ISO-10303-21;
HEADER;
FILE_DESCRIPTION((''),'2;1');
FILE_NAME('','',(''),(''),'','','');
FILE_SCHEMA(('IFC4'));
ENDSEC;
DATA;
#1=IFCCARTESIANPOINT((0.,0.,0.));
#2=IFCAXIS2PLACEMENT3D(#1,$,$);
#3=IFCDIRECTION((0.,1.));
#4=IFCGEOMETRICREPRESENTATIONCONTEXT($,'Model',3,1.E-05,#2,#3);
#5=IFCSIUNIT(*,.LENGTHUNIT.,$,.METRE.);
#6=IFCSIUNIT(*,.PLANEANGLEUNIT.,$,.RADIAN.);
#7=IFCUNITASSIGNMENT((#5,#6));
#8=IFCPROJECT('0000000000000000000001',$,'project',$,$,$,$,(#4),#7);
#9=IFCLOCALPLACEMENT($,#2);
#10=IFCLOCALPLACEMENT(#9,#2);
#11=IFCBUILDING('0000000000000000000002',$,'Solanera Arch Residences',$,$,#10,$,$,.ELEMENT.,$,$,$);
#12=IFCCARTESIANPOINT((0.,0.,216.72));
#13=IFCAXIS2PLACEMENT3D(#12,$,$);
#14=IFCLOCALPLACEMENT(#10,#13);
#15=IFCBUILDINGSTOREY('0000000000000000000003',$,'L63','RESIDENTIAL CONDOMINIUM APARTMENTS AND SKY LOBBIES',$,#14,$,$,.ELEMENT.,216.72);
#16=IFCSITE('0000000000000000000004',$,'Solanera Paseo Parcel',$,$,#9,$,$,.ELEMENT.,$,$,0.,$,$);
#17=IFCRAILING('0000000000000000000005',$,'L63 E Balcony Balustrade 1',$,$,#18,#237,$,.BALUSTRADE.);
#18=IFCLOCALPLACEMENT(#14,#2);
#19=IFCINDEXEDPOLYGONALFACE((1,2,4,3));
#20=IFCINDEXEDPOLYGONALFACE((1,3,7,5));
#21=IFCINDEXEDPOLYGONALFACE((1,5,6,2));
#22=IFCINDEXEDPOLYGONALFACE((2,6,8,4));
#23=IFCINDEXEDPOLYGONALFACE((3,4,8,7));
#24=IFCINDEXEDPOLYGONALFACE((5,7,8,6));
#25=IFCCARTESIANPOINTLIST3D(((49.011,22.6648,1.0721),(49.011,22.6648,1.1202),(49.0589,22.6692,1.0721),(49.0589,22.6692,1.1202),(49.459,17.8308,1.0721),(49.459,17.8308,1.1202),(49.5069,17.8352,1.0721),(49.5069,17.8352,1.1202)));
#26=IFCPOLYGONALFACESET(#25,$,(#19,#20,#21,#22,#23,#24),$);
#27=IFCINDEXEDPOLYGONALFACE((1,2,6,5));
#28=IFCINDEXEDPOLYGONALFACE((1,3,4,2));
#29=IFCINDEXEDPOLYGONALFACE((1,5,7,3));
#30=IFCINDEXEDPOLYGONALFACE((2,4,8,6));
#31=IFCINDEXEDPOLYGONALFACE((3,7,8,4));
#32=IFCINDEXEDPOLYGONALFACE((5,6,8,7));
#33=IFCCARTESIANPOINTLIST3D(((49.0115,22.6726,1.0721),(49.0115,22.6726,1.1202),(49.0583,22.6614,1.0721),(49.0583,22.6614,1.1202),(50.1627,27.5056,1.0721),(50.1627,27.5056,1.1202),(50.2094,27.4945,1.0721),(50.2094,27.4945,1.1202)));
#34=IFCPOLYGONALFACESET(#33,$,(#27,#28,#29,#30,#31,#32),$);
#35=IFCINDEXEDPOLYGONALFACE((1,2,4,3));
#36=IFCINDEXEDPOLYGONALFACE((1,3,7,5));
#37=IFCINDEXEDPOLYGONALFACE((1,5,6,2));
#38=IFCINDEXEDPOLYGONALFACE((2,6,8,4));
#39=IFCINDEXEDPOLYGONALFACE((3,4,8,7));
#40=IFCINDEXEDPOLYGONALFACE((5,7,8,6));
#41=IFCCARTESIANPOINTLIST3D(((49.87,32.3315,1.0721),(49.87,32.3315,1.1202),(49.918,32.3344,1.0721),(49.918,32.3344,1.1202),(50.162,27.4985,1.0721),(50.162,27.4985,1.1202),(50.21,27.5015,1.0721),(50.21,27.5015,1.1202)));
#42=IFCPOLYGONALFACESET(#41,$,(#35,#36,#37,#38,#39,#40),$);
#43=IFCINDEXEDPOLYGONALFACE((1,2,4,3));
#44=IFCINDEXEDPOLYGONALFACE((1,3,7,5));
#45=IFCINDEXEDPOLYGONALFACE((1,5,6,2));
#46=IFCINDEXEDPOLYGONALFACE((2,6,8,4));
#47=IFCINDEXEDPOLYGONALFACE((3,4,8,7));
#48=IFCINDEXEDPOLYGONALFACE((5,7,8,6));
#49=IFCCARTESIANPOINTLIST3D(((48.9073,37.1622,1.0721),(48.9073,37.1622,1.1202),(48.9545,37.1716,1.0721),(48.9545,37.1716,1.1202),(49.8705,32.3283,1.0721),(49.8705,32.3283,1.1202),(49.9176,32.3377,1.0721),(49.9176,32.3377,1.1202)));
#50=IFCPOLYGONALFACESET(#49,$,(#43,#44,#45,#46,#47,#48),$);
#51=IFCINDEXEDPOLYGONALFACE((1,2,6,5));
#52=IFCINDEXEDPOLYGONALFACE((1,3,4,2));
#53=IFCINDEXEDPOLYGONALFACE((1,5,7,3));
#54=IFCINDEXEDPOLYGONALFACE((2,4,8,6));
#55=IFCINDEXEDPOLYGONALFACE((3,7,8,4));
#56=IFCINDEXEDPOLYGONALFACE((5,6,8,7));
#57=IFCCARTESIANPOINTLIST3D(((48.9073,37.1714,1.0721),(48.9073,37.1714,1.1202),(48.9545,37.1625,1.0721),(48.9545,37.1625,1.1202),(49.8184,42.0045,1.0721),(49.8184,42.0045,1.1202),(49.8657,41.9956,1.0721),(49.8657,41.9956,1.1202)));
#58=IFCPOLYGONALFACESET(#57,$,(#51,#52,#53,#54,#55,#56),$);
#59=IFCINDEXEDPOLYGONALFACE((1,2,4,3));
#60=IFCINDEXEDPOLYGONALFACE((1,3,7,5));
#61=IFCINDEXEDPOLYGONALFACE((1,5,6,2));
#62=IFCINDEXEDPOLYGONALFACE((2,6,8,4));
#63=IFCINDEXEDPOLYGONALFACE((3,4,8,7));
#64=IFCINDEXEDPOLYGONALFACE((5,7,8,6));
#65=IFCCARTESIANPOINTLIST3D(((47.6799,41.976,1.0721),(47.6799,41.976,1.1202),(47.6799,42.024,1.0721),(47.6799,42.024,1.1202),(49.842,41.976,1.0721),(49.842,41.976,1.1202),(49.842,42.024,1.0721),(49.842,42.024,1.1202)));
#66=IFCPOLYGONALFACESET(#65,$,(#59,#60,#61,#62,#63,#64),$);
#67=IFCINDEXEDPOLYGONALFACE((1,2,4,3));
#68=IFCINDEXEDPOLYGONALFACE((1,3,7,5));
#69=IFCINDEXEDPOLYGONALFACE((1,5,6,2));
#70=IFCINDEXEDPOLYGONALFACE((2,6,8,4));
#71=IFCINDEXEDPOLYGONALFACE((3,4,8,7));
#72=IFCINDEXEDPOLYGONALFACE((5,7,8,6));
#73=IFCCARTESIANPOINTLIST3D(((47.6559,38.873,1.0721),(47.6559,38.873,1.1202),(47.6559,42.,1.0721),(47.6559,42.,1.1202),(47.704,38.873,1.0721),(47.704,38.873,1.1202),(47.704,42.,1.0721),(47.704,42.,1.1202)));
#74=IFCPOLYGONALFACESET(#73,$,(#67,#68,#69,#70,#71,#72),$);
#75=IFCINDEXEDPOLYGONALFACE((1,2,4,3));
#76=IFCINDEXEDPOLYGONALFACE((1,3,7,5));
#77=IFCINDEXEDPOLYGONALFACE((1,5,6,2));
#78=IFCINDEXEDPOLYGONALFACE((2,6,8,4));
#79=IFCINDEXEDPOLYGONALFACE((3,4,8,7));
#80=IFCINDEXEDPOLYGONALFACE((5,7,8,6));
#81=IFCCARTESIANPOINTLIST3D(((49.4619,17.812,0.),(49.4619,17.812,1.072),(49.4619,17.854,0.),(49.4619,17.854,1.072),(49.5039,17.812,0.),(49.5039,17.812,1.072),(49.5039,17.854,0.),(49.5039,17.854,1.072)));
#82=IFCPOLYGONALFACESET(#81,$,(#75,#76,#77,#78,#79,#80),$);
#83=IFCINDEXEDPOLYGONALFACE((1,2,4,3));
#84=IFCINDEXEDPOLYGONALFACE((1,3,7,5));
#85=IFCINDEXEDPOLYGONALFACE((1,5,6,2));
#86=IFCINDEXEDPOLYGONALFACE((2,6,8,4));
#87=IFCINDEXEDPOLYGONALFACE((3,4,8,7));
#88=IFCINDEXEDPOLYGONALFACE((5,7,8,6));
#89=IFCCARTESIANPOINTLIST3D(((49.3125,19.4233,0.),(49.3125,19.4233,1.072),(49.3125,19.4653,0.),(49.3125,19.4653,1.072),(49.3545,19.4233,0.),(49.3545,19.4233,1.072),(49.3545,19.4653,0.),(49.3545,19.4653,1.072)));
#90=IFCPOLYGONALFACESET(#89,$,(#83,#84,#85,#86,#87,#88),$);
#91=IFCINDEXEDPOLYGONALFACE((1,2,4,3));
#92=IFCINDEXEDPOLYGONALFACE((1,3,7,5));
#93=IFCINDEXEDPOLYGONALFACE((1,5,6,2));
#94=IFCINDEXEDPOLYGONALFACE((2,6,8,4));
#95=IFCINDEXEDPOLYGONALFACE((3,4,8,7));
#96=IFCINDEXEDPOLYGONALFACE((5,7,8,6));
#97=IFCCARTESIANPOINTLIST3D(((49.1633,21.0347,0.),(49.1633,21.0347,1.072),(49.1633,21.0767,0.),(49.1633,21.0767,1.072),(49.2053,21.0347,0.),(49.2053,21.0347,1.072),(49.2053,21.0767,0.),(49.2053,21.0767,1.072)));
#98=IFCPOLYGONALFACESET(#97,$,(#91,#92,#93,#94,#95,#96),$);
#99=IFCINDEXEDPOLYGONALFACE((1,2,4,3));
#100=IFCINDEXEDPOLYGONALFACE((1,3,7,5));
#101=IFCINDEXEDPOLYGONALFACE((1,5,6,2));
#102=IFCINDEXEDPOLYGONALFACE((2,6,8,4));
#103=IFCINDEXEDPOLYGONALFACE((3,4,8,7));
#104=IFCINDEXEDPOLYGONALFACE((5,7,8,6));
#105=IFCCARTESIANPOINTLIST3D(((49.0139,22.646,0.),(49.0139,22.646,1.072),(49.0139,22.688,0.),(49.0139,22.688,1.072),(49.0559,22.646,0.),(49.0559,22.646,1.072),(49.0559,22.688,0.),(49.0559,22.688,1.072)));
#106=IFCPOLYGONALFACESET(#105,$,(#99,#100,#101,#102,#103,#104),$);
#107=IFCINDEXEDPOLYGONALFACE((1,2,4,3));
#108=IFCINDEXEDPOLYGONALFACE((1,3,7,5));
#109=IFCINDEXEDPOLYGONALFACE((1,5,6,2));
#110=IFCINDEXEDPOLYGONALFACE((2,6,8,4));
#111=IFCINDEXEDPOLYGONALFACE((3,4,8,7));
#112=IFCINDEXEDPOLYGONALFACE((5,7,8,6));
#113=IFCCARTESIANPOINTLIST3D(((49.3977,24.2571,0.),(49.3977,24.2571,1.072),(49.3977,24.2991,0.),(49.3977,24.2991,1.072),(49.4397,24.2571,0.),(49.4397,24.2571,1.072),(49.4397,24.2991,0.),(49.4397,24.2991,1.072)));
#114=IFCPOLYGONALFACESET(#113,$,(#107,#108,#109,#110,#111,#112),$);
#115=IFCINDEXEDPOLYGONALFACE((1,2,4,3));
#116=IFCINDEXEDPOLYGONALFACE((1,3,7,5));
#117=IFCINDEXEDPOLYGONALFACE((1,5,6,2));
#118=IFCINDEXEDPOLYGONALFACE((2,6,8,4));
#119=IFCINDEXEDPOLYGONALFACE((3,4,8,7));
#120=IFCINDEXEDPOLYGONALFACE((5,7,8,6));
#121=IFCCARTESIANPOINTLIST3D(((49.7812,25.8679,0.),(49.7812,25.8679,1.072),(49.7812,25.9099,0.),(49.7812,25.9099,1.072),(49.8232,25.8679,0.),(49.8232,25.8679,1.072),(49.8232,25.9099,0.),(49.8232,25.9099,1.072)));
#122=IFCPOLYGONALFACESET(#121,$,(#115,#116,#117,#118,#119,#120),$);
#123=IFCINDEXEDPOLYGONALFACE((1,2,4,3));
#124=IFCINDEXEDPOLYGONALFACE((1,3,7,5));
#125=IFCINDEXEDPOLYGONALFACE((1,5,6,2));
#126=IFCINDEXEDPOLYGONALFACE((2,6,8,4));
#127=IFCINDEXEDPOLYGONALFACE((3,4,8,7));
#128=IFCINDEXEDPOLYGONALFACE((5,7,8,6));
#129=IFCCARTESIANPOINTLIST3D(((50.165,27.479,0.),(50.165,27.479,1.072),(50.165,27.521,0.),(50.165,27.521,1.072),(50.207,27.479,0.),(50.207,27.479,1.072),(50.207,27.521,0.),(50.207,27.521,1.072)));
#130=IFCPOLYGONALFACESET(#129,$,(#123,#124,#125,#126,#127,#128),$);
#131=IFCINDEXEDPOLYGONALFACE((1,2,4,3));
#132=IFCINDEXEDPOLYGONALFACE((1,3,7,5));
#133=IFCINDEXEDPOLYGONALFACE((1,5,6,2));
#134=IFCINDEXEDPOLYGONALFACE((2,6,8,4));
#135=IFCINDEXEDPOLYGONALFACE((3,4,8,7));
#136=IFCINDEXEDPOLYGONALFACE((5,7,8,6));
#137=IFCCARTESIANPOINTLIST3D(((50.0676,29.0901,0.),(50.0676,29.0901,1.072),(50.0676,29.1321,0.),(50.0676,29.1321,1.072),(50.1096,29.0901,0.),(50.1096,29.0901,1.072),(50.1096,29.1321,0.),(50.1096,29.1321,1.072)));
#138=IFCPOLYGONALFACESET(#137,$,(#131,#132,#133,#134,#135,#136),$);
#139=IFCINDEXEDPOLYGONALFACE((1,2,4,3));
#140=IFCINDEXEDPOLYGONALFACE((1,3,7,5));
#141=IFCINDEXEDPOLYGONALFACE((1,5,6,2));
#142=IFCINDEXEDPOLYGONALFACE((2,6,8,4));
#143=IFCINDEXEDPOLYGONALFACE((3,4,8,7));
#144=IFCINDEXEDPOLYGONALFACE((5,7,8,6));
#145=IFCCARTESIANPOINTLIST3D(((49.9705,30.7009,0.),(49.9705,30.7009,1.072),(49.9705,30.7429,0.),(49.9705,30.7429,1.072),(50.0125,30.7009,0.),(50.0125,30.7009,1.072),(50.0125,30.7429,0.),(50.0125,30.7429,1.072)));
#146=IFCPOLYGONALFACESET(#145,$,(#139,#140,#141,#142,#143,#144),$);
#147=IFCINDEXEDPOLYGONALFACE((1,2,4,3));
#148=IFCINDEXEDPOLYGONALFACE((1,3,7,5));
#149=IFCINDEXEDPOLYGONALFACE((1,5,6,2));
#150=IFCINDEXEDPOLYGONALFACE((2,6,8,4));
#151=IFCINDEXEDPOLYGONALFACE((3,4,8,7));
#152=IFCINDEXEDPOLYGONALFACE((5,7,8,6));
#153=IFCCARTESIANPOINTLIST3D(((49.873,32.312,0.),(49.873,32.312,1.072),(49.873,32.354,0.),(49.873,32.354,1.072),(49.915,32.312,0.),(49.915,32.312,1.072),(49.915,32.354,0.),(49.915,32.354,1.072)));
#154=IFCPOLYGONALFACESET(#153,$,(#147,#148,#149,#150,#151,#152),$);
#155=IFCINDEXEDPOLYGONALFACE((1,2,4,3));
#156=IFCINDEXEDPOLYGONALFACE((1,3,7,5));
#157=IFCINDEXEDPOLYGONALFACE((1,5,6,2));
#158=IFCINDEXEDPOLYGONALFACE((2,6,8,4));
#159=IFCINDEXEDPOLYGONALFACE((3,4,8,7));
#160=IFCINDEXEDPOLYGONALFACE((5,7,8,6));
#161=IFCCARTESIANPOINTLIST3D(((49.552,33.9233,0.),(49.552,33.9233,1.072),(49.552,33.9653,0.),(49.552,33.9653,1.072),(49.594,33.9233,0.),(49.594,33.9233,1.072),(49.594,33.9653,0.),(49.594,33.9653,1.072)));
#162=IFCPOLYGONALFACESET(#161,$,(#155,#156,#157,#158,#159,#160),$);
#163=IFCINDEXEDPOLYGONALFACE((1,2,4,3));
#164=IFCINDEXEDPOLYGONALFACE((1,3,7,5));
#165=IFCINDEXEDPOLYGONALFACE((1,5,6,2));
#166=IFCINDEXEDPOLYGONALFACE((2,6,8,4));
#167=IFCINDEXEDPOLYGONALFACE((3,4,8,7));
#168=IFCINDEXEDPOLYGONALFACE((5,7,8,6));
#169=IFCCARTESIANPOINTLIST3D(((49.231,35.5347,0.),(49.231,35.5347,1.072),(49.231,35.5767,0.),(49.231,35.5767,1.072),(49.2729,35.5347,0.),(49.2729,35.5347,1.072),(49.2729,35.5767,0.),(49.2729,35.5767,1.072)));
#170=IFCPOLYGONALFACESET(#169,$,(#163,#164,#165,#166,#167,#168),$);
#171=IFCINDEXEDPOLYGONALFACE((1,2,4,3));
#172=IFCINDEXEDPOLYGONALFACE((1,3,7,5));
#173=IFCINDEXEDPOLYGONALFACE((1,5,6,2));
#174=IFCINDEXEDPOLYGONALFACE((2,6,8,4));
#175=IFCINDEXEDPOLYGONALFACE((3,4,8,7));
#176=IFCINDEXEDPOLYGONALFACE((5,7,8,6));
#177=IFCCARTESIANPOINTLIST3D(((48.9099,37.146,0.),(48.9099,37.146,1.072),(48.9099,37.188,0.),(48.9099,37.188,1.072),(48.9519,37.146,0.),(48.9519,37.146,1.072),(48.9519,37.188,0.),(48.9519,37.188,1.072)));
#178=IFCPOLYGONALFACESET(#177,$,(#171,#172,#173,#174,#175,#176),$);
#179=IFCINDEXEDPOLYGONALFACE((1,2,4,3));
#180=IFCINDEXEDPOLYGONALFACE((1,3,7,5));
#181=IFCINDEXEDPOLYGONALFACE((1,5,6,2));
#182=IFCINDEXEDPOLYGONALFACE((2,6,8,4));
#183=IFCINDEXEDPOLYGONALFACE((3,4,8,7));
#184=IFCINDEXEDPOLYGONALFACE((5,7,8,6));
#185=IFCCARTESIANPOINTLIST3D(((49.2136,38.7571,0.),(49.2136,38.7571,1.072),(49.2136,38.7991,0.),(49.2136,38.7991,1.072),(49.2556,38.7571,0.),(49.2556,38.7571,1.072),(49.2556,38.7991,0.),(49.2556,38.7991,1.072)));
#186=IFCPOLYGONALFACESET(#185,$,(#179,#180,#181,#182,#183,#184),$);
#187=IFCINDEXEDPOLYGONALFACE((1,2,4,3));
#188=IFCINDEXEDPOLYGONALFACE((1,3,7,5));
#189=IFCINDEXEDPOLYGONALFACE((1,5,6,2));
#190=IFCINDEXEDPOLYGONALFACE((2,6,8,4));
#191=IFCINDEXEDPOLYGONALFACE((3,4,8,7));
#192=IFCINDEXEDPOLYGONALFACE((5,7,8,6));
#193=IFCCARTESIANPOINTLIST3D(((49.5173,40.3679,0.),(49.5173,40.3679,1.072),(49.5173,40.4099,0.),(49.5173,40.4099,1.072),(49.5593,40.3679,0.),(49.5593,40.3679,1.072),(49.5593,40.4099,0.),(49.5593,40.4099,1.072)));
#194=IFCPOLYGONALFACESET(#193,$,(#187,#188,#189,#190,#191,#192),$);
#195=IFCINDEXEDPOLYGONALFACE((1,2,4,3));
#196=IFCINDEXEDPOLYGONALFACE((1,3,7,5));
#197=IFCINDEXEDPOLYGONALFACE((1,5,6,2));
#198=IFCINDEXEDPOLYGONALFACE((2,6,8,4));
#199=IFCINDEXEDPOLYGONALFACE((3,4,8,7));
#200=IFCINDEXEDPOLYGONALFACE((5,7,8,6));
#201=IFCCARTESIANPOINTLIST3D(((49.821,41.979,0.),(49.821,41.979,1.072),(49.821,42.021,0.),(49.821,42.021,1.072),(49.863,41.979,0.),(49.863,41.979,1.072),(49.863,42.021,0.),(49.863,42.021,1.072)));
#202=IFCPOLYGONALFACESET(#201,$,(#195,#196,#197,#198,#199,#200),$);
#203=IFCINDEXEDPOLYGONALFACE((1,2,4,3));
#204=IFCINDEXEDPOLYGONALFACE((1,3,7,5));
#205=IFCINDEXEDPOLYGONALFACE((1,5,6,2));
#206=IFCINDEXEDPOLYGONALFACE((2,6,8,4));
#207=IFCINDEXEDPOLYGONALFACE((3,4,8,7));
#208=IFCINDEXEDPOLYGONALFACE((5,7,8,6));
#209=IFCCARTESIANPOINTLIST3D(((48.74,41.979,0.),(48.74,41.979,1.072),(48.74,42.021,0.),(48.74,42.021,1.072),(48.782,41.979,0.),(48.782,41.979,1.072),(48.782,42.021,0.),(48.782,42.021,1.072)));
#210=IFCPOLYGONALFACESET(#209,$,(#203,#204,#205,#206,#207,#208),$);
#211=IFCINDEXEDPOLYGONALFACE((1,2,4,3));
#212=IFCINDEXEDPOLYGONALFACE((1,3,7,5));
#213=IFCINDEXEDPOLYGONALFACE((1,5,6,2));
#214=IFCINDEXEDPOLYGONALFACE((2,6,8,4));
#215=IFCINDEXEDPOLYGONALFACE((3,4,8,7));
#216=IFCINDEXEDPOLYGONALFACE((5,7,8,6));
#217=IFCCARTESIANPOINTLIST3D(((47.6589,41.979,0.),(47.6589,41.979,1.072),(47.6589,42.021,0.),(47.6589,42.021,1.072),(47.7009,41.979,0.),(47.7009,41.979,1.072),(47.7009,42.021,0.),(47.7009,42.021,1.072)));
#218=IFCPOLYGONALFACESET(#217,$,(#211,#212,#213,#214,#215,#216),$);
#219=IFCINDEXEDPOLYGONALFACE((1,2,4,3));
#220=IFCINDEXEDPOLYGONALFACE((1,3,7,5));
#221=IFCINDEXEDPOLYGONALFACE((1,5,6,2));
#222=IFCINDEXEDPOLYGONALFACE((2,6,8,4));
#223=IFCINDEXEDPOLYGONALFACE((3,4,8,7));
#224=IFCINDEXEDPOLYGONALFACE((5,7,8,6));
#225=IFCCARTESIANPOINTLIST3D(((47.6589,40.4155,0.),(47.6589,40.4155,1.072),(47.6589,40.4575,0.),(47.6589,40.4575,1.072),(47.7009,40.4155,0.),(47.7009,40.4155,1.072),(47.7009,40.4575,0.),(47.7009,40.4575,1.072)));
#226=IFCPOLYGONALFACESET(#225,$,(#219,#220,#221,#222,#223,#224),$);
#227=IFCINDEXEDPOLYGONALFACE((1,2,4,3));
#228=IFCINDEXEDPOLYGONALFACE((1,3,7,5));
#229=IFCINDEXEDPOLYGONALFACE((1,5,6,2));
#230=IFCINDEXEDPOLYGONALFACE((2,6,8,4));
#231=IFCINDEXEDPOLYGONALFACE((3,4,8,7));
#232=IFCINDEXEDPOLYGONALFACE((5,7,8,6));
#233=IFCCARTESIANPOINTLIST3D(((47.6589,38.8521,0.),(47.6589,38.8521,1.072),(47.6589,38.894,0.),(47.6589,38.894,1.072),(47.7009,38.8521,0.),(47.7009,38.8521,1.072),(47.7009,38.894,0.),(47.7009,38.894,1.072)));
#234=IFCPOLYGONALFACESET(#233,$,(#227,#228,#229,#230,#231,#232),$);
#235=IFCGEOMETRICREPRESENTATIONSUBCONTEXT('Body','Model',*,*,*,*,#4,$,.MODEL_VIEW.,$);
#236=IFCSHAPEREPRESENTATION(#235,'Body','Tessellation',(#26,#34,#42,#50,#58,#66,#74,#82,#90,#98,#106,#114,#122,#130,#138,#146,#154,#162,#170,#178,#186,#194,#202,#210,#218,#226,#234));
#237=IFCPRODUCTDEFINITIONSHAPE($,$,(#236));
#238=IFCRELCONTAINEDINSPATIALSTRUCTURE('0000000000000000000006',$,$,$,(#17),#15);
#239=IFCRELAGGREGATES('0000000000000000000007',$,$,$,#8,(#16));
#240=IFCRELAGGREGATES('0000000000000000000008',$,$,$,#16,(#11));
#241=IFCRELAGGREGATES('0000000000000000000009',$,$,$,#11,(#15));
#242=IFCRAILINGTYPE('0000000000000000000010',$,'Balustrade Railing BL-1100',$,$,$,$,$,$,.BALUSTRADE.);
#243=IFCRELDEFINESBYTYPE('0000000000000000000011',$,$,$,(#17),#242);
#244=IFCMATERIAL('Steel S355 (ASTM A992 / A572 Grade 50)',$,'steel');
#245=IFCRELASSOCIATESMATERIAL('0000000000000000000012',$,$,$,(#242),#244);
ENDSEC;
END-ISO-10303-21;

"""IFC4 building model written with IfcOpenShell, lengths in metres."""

from ifc_helpers import new_model, si_unit, direction, frame, origin, origin_2d, place, context, subcontext, project, spatial, rectangle, extrude, material, type_object, element, save


model = new_model("IFC4")

# Units and contexts
model_context = context("Model", 3, precision=1e-05, world=origin(), true_north=direction((0.0, 1.0)))
body_context = subcontext(model_context, "Body", "Model", "MODEL_VIEW")
ifc_project = project(units=[si_unit("LENGTHUNIT", "METRE"), si_unit("PLANEANGLEUNIT", "RADIAN")], contexts=[model_context])

# Site, building, storey
site_placement = place(None, origin())
site = spatial("IfcSite", under=ifc_project, at=site_placement, Name="Solanera Paseo Parcel", CompositionType="ELEMENT", RefElevation=0.0)
building_placement = place(site_placement, origin())
building = spatial("IfcBuilding", under=site, at=building_placement, Name="Solanera Arch Residences", CompositionType="ELEMENT")
storey_placement = place(building_placement, frame((0.0, 0.0, 216.72)))
storey = spatial("IfcBuildingStorey", under=building, at=storey_placement, Name="L63", Description="RESIDENTIAL CONDOMINIUM APARTMENTS AND SKY LOBBIES", CompositionType="ELEMENT", Elevation=216.72)

# Railing
ifc_material_1 = material(Name="Steel S355 (ASTM A992 / A572 Grade 50)", Category="steel")
railing_type = type_object("IfcRailingType", Name="Balustrade Railing BL-1100", PredefinedType="BALUSTRADE", material=ifc_material_1)
railing_placement = place(storey_placement, frame((49.4829, 17.833, 0.0)))
element("IfcRailing", 1, at=railing_placement, inside=storey, type_object=railing_type, Name="L63 E Balcony Balustrade 1", PredefinedType="BALUSTRADE", context=body_context, shape_type="SweptSolid", body=[
    extrude(rectangle(XDim=0.0481, YDim=0.0481, at=origin_2d()), frame((0.0, 0.0, 1.0962), z_axis=(-0.092281, 0.995733, 0.0), x_axis=(-0.995733, -0.092281, 0.0)), (0.0, 0.0, 1.0), 4.8547),
    extrude(rectangle(XDim=0.0481, YDim=0.0481, at=origin_2d()), frame((-0.448, 4.834, 1.0962), z_axis=(0.231698, 0.972788, 0.0), x_axis=(-0.972788, 0.231698, 0.0)), (0.0, 0.0, 1.0), 4.9683),
    extrude(rectangle(XDim=0.0481, YDim=0.0481, at=origin_2d()), frame((0.7031, 9.667, 1.0962), z_axis=(-0.060306, 0.99818, 0.0), x_axis=(-0.99818, -0.060306, 0.0)), (0.0, 0.0, 1.0), 4.8418),
    extrude(rectangle(XDim=0.0481, YDim=0.0481, at=origin_2d()), frame((0.4111, 14.5, 1.0962), z_axis=(-0.195402, 0.980723, 0.0), x_axis=(-0.980723, -0.195402, 0.0)), (0.0, 0.0, 1.0), 4.929),
    extrude(rectangle(XDim=0.0481, YDim=0.0481, at=origin_2d()), frame((-0.552, 19.334, 1.0962), z_axis=(0.18526, 0.98269, 0.0), x_axis=(-0.98269, 0.18526, 0.0)), (0.0, 0.0, 1.0), 4.9182),
    extrude(rectangle(XDim=0.0481, YDim=0.0481, at=origin_2d()), frame((0.3591, 24.167, 1.0962), z_axis=(-1.0, 0.0, 0.0), x_axis=(0.0, -1.0, 0.0)), (0.0, 0.0, 1.0), 2.1621),
    extrude(rectangle(XDim=0.0481, YDim=0.0481, at=origin_2d()), frame((-1.803, 24.167, 1.0962), z_axis=(0.0, -1.0, 0.0), x_axis=(1.0, 0.0, 0.0)), (0.0, 0.0, 1.0), 3.127),
    extrude(rectangle(XDim=0.042, YDim=0.042, at=origin_2d()), origin(), (0.0, 0.0, 1.0), 1.072),
    extrude(rectangle(XDim=0.042, YDim=0.042, at=origin_2d()), frame((-0.1494, 1.6113, 0.0)), (0.0, 0.0, 1.0), 1.072),
    extrude(rectangle(XDim=0.042, YDim=0.042, at=origin_2d()), frame((-0.2986, 3.2227, 0.0)), (0.0, 0.0, 1.0), 1.072),
    extrude(rectangle(XDim=0.042, YDim=0.042, at=origin_2d()), frame((-0.448, 4.834, 0.0)), (0.0, 0.0, 1.0), 1.072),
    extrude(rectangle(XDim=0.042, YDim=0.042, at=origin_2d()), frame((-0.0642, 6.4451, 0.0)), (0.0, 0.0, 1.0), 1.072),
    extrude(rectangle(XDim=0.042, YDim=0.042, at=origin_2d()), frame((0.3193, 8.0559, 0.0)), (0.0, 0.0, 1.0), 1.072),
    extrude(rectangle(XDim=0.042, YDim=0.042, at=origin_2d()), frame((0.7031, 9.667, 0.0)), (0.0, 0.0, 1.0), 1.072),
    extrude(rectangle(XDim=0.042, YDim=0.042, at=origin_2d()), frame((0.6057, 11.2781, 0.0)), (0.0, 0.0, 1.0), 1.072),
    extrude(rectangle(XDim=0.042, YDim=0.042, at=origin_2d()), frame((0.5085, 12.8889, 0.0)), (0.0, 0.0, 1.0), 1.072),
    extrude(rectangle(XDim=0.042, YDim=0.042, at=origin_2d()), frame((0.4111, 14.5, 0.0)), (0.0, 0.0, 1.0), 1.072),
    extrude(rectangle(XDim=0.042, YDim=0.042, at=origin_2d()), frame((0.0901, 16.1113, 0.0)), (0.0, 0.0, 1.0), 1.072),
    extrude(rectangle(XDim=0.042, YDim=0.042, at=origin_2d()), frame((-0.231, 17.7227, 0.0)), (0.0, 0.0, 1.0), 1.072),
    extrude(rectangle(XDim=0.042, YDim=0.042, at=origin_2d()), frame((-0.552, 19.334, 0.0)), (0.0, 0.0, 1.0), 1.072),
    extrude(rectangle(XDim=0.042, YDim=0.042, at=origin_2d()), frame((-0.2483, 20.9451, 0.0)), (0.0, 0.0, 1.0), 1.072),
    extrude(rectangle(XDim=0.042, YDim=0.042, at=origin_2d()), frame((0.0554, 22.5559, 0.0)), (0.0, 0.0, 1.0), 1.072),
    extrude(rectangle(XDim=0.042, YDim=0.042, at=origin_2d()), frame((0.3591, 24.167, 0.0)), (0.0, 0.0, 1.0), 1.072),
    extrude(rectangle(XDim=0.042, YDim=0.042, at=origin_2d()), frame((-0.7219, 24.167, 0.0)), (0.0, 0.0, 1.0), 1.072),
    extrude(rectangle(XDim=0.042, YDim=0.042, at=origin_2d()), frame((-1.803, 24.167, 0.0)), (0.0, 0.0, 1.0), 1.072),
    extrude(rectangle(XDim=0.042, YDim=0.042, at=origin_2d()), frame((-1.803, 22.6035, 0.0)), (0.0, 0.0, 1.0), 1.072),
    extrude(rectangle(XDim=0.042, YDim=0.042, at=origin_2d()), frame((-1.803, 21.04, 0.0)), (0.0, 0.0, 1.0), 1.072),
])

save(model, "model.ifc")
